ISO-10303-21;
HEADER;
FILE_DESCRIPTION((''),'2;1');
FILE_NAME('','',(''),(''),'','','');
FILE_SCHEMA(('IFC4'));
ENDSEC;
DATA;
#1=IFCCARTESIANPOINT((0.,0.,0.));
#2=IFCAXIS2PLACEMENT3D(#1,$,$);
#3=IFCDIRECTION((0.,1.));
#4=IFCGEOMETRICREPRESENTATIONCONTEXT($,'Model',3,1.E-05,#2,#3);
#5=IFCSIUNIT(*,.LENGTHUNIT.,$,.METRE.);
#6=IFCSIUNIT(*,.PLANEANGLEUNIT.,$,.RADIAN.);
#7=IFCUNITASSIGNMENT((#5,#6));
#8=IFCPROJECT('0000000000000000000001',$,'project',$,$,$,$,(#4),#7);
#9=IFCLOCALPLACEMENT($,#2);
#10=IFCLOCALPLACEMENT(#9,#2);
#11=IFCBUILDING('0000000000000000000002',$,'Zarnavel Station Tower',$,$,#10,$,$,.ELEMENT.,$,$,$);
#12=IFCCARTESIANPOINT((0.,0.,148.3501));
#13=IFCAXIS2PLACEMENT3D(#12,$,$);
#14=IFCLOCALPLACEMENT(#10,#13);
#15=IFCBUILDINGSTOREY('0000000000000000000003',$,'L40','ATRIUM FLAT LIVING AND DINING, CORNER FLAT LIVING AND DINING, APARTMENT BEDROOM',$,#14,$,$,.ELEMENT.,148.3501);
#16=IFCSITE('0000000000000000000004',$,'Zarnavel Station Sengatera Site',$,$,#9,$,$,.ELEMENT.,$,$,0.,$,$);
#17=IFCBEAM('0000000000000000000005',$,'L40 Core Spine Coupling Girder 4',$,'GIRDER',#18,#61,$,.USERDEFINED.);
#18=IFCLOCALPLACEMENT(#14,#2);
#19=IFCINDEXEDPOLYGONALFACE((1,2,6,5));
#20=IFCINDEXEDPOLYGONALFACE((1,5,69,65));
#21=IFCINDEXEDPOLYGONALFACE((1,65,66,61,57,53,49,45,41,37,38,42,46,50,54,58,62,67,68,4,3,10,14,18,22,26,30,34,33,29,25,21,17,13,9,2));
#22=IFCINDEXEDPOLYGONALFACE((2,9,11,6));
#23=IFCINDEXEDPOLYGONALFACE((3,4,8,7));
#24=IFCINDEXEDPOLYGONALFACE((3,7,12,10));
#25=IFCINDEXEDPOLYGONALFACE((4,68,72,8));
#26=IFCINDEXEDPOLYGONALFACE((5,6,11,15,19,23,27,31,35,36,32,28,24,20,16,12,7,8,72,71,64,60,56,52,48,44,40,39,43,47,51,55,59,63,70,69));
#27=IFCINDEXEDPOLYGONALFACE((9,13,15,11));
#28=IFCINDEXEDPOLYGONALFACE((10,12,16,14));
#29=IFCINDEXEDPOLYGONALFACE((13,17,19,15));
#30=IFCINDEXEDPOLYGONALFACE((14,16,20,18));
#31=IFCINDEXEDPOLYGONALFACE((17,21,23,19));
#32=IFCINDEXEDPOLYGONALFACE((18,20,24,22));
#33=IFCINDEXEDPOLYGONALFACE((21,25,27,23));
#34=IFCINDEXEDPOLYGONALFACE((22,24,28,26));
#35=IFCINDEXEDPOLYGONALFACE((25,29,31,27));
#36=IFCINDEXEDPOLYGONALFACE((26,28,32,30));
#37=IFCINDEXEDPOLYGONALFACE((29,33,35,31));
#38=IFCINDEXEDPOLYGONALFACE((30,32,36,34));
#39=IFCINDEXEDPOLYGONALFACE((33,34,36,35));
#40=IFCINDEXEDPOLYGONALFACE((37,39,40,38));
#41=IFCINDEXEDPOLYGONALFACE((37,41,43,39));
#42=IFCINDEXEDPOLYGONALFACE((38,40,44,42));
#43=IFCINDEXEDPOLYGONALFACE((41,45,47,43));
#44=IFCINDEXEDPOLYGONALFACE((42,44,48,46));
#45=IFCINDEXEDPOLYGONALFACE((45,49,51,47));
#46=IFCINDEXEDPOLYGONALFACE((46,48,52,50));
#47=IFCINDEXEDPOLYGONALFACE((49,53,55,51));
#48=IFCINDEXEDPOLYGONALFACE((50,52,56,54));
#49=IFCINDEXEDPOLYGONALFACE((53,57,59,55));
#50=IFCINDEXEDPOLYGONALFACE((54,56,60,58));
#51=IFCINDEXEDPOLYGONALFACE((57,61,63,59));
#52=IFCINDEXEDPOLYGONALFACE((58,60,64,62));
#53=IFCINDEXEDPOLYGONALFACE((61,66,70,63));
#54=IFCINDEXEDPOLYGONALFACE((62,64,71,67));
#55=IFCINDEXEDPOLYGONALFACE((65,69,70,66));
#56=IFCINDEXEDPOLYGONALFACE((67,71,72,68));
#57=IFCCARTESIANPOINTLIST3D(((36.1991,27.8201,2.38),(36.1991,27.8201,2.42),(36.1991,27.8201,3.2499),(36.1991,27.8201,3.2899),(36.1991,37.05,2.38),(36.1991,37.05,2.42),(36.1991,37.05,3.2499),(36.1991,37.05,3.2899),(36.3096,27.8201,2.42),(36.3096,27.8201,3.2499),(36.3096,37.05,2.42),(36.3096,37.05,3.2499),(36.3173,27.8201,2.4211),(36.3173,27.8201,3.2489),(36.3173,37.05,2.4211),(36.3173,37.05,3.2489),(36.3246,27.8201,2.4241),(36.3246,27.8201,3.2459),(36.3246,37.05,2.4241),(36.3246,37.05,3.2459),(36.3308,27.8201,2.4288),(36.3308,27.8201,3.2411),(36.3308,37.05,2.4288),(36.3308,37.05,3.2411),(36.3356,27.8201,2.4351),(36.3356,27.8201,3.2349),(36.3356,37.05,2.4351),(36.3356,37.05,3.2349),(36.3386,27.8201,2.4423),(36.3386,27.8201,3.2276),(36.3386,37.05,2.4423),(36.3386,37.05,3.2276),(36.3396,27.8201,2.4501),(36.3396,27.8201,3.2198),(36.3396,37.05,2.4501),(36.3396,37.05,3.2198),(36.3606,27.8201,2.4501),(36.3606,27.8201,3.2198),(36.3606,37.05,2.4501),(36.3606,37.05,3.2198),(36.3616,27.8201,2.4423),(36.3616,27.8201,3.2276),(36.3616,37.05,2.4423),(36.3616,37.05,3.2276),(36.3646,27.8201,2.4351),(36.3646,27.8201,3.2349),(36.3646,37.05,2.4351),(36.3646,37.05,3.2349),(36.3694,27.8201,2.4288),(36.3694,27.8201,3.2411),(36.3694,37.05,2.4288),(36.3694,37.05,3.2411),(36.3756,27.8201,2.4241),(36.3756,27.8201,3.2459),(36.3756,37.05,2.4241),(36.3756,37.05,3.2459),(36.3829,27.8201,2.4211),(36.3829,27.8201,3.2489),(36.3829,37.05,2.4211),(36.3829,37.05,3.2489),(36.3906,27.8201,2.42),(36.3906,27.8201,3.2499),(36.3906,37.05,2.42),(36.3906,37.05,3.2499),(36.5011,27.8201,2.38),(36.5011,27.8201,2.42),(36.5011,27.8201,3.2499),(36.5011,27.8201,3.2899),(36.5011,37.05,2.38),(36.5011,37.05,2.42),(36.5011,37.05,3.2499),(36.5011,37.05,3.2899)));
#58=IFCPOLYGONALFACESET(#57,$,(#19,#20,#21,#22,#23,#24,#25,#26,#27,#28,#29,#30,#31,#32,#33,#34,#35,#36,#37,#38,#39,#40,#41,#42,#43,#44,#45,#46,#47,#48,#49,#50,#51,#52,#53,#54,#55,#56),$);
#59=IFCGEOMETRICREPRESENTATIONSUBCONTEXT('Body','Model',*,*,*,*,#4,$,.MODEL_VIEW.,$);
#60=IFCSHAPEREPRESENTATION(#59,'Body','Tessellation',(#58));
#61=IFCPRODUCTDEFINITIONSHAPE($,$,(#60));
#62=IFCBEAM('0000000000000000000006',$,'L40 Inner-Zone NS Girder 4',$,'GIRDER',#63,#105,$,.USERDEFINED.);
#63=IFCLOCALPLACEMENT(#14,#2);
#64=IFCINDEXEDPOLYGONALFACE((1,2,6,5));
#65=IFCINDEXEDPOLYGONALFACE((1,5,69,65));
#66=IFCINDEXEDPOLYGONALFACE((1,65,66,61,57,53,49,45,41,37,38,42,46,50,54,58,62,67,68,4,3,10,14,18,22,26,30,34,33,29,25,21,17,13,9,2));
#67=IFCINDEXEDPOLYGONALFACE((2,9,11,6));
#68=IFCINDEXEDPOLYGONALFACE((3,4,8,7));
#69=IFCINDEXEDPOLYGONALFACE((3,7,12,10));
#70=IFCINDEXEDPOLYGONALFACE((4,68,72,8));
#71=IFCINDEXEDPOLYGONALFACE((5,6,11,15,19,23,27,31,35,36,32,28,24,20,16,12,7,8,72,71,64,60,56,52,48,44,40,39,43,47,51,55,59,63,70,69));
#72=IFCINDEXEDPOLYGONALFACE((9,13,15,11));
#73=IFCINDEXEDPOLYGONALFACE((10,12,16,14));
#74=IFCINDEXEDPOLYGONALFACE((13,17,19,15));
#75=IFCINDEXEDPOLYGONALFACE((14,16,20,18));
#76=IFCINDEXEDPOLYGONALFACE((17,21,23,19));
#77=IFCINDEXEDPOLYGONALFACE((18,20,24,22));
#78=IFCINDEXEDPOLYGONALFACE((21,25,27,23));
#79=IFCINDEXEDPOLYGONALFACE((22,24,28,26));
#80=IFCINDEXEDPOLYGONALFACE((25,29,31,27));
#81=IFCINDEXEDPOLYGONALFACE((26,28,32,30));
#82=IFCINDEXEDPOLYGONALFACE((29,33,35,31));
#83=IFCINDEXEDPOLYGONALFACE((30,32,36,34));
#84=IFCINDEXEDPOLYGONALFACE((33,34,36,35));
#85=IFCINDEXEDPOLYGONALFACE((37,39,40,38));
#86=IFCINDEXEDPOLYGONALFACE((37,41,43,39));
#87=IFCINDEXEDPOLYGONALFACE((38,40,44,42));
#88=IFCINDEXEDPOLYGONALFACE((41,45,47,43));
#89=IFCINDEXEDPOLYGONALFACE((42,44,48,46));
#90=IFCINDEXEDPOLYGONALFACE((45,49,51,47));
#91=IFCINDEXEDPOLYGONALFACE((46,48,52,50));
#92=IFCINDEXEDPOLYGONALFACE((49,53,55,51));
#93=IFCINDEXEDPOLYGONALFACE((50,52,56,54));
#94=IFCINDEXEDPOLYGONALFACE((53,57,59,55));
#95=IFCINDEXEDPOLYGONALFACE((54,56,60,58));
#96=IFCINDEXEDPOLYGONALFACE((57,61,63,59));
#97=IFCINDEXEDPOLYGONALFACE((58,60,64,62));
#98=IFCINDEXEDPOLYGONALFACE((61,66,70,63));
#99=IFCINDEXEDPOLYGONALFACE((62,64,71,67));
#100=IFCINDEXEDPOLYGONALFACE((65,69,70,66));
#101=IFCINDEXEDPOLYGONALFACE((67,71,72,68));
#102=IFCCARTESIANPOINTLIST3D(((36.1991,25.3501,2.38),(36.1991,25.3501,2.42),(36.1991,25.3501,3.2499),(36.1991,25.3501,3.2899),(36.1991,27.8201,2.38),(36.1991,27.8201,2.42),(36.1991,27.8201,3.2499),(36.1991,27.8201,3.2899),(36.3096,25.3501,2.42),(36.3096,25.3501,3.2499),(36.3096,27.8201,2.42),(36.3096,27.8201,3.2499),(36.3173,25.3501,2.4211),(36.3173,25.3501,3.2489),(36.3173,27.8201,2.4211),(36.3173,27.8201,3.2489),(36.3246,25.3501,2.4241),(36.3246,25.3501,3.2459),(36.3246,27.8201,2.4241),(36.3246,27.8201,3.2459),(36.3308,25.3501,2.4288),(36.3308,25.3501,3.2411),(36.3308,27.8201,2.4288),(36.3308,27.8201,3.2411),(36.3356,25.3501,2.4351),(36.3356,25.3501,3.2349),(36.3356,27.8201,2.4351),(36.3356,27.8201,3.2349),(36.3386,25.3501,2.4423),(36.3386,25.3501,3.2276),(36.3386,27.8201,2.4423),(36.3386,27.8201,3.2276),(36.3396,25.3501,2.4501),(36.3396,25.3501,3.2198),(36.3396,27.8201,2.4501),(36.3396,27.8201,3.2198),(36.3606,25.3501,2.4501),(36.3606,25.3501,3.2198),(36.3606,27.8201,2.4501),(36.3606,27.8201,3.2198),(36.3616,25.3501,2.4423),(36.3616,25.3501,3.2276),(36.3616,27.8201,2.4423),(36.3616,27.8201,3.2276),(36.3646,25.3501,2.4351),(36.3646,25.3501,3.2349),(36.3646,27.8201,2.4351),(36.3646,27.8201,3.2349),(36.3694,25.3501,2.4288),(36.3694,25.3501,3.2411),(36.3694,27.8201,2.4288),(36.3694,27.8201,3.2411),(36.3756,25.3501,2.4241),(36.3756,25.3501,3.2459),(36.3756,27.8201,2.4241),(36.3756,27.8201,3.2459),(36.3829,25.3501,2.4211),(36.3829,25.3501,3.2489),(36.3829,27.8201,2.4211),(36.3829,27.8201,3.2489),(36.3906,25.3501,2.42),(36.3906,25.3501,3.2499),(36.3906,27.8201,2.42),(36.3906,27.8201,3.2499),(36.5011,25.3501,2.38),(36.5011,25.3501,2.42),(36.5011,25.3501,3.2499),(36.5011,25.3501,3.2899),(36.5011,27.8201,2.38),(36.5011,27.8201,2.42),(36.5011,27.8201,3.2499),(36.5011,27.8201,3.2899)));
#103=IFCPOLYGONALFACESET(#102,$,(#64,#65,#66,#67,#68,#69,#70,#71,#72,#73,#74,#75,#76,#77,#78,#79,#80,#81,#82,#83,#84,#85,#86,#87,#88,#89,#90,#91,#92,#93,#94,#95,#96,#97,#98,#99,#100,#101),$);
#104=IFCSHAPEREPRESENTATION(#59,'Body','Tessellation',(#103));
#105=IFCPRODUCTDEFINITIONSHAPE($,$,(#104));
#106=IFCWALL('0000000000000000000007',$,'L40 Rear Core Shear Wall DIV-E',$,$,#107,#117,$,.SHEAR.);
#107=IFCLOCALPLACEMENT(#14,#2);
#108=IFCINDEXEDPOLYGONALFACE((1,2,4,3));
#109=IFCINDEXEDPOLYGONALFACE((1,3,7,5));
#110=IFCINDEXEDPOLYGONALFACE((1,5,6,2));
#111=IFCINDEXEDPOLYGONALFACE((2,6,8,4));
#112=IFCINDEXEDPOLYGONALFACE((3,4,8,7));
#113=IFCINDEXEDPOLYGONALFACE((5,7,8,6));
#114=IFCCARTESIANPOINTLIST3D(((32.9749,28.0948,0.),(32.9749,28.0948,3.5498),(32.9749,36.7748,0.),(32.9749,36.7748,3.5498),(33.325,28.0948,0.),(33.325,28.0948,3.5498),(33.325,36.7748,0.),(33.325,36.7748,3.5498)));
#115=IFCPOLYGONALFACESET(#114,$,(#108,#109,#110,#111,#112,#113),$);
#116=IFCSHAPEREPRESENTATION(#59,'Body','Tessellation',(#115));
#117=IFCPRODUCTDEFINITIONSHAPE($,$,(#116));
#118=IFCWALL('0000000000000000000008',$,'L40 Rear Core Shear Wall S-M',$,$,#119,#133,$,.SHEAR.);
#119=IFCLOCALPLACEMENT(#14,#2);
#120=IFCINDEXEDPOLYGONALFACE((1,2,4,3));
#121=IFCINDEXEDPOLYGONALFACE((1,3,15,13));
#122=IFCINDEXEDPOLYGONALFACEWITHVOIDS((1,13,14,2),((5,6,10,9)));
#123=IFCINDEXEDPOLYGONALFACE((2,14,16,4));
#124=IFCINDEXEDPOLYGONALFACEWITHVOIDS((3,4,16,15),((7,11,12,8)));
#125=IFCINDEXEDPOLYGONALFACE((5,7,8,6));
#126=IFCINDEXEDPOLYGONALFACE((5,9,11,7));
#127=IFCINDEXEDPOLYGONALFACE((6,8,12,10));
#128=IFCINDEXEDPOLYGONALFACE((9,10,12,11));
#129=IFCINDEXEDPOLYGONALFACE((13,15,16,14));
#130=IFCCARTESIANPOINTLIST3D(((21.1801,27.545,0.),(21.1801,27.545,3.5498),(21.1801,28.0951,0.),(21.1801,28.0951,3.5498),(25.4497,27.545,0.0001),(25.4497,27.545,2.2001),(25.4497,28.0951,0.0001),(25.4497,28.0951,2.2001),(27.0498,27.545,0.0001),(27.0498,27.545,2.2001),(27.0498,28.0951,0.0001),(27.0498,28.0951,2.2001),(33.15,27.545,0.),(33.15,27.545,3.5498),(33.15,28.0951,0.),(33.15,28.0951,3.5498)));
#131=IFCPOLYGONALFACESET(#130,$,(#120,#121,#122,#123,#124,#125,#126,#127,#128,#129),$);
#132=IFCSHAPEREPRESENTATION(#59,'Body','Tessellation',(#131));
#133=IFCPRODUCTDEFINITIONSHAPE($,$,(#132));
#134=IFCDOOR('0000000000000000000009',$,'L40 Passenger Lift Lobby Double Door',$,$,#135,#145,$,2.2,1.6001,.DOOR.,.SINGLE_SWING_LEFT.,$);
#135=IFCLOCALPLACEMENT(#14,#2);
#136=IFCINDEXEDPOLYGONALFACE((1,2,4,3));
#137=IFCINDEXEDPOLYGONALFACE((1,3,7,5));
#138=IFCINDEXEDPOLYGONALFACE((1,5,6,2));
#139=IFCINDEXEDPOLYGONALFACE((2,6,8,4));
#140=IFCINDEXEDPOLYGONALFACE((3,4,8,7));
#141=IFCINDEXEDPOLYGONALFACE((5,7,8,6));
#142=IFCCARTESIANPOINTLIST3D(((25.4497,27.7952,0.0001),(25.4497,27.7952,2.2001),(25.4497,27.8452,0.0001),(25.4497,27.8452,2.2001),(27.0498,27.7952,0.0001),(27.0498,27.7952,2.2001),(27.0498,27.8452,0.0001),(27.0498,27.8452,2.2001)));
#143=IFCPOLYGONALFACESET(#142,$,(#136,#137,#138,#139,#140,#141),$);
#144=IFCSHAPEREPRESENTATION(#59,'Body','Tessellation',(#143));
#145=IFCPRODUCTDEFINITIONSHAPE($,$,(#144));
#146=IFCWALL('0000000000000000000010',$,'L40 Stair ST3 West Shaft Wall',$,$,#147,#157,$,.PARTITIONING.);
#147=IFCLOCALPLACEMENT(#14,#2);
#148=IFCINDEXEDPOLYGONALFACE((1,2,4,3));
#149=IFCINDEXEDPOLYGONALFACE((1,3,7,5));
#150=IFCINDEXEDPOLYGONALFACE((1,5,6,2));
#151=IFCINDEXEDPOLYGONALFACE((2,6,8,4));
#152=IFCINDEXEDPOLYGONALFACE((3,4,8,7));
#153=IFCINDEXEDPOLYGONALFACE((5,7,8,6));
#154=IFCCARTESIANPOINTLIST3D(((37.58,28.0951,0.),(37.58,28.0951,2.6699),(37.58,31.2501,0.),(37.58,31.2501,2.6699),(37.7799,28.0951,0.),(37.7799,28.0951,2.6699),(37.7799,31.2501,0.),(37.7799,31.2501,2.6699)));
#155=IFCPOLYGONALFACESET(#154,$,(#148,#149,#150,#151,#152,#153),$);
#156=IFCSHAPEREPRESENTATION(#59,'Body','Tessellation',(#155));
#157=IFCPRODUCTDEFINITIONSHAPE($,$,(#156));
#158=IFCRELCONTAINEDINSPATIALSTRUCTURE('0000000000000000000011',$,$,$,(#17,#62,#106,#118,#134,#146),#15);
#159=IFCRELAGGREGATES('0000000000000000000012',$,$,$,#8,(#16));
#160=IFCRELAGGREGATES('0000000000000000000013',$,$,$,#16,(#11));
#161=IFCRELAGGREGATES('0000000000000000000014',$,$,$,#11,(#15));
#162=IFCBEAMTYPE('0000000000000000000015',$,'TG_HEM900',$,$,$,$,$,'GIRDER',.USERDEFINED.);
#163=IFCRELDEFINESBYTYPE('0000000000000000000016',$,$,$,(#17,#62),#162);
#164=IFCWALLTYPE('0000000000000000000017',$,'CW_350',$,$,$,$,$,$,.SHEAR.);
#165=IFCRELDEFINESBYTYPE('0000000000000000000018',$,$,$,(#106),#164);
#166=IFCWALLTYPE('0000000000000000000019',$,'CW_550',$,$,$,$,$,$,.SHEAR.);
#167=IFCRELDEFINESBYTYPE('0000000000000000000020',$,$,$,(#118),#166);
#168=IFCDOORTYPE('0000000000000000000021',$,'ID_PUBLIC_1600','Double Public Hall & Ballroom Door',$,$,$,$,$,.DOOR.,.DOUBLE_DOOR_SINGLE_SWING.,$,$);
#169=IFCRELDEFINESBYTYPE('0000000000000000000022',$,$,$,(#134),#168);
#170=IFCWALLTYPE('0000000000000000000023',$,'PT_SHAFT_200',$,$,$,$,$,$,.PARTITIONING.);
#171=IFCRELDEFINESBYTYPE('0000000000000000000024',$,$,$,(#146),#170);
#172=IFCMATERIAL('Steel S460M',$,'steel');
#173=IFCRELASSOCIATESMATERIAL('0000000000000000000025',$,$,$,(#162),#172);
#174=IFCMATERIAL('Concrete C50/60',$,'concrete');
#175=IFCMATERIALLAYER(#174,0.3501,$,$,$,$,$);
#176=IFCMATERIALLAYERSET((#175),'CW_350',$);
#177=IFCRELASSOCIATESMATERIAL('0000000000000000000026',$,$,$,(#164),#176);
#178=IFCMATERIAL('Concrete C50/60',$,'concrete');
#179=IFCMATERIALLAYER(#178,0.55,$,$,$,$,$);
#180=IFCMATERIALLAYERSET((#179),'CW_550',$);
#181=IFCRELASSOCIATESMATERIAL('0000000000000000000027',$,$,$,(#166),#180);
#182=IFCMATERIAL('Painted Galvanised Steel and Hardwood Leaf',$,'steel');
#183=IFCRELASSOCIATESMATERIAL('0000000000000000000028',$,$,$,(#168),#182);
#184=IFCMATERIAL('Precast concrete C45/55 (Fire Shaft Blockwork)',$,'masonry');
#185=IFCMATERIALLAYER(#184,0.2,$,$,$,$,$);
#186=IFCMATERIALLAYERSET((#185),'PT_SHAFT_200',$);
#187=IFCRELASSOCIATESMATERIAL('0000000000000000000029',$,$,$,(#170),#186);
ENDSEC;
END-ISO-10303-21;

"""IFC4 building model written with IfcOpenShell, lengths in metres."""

from ifc_helpers import new_model, si_unit, direction, frame, frame_2d, origin, origin_2d, place, context, subcontext, project, spatial, rectangle, i_section, extrude, material, layer, layer_set, material_profile, profile_set, type_object, element, fill, save


model = new_model("IFC4")

# Units and contexts
model_context = context("Model", 3, precision=1e-05, world=origin(), true_north=direction((0.0, 1.0)))
body_context = subcontext(model_context, "Body", "Model", "MODEL_VIEW")
ifc_project = project(units=[si_unit("LENGTHUNIT", "METRE"), si_unit("PLANEANGLEUNIT", "RADIAN")], contexts=[model_context])

# Site, building, storey
site_placement = place(None, origin())
site = spatial("IfcSite", under=ifc_project, at=site_placement, Name="Zarnavel Station Sengatera Site", CompositionType="ELEMENT", RefElevation=0.0)
building_placement = place(site_placement, origin())
building = spatial("IfcBuilding", under=site, at=building_placement, Name="Zarnavel Station Tower", CompositionType="ELEMENT")
storey_placement = place(building_placement, frame((0.0, 0.0, 148.3501)))
storey = spatial("IfcBuildingStorey", under=building, at=storey_placement, Name="L40", Description="ATRIUM FLAT LIVING AND DINING, CORNER FLAT LIVING AND DINING, APARTMENT BEDROOM", CompositionType="ELEMENT", Elevation=148.3501)

# Beams
ifc_material_1 = material(Name="Steel S460M", Category="steel")
ifc_material_profile_1 = material_profile(ifc_material_1, i_section(OverallWidth=0.302, OverallDepth=0.9099, WebThickness=0.021, FlangeThickness=0.04, FilletRadius=0.03, at=origin_2d()), Name="HEM900")
ifc_profile_set_1 = profile_set([ifc_material_profile_1], Name="Steel S460M")
beam_type_1 = type_object("IfcBeamType", Name="TG_HEM900", ElementType="GIRDER", PredefinedType="USERDEFINED", material=ifc_profile_set_1)
for number, where, z_axis, x_axis, name in (
    (1, (36.3501, 27.8201, 2.835), (0.0, 1.0, 0.0), (-1.0, 0.0, 0.0), "L40 Core Spine Coupling Girder 4"),
):
    element("IfcBeam", number, at=place(storey_placement, frame(where, z_axis=z_axis, x_axis=x_axis)), inside=storey, type_object=beam_type_1, Name=name, ObjectType="GIRDER", PredefinedType="USERDEFINED", context=body_context, shape_type="SweptSolid", body=[
        extrude(i_section(OverallWidth=0.302, OverallDepth=0.9099, WebThickness=0.021, FlangeThickness=0.04, FilletRadius=0.03, at=origin_2d()), origin(), (0.0, 0.0, 1.0), 9.23),
    ])
beam_1_placement = place(storey_placement, frame((36.3501, 25.3501, 2.835), z_axis=(0.0, 1.0, 0.0), x_axis=(-1.0, 0.0, 0.0)))
element("IfcBeam", 2, at=beam_1_placement, inside=storey, type_object=beam_type_1, Name="L40 Inner-Zone NS Girder 4", ObjectType="GIRDER", PredefinedType="USERDEFINED", context=body_context, shape_type="SweptSolid", body=[
    extrude(i_section(OverallWidth=0.302, OverallDepth=0.9099, WebThickness=0.021, FlangeThickness=0.04, FilletRadius=0.03, at=origin_2d()), origin(), (0.0, 0.0, 1.0), 2.47),
])

# Wall
ifc_material_2 = material(Name="Concrete C50/60", Category="concrete")
ifc_layer_1 = layer(ifc_material_2, 0.3501)
ifc_layer_set_1 = layer_set([ifc_layer_1], Name="CW_350")
wall_type_1 = type_object("IfcWallType", Name="CW_350", PredefinedType="SHEAR", material=ifc_layer_set_1)
wall_1_placement = place(storey_placement, frame((33.1499, 28.095, 0.0), z_axis=(0.0, 0.0, 1.0), x_axis=(0.0, 1.0, 0.0)))
element("IfcWall", 3, at=wall_1_placement, inside=storey, type_object=wall_type_1, Name="L40 Rear Core Shear Wall DIV-E", PredefinedType="SHEAR", context=body_context, shape_type="SweptSolid", body=[
    extrude(rectangle(XDim=8.6799, YDim=0.3501, at=frame_2d((4.3398, 0.0))), origin(), (0.0, 0.0, 1.0), 3.5498),
])

# Wall, opening, door
ifc_material_3 = material(Name="Concrete C50/60", Category="concrete")
ifc_layer_2 = layer(ifc_material_3, 0.55)
ifc_layer_set_2 = layer_set([ifc_layer_2], Name="CW_550")
wall_type_2 = type_object("IfcWallType", Name="CW_550", PredefinedType="SHEAR", material=ifc_layer_set_2)
wall_2_placement = place(storey_placement, frame((33.1499, 27.8201, 0.0), z_axis=(0.0, 0.0, 1.0), x_axis=(-1.0, 0.0, 0.0)))
wall_2 = element("IfcWall", 4, at=wall_2_placement, inside=storey, type_object=wall_type_2, Name="L40 Rear Core Shear Wall S-M", PredefinedType="SHEAR", context=body_context, shape_type="SweptSolid", body=[
    extrude(rectangle(XDim=11.97, YDim=0.55, at=frame_2d((5.9849, 0.0))), origin(), (0.0, 0.0, 1.0), 3.5498),
])
opening_1_placement = place(wall_2_placement, frame((6.1001, 0.0, 0.0)))
opening_1 = element("IfcOpeningElement", 5, at=opening_1_placement, cuts=wall_2, PredefinedType="OPENING", context=body_context, shape_type="SweptSolid", body=[
    extrude(rectangle(XDim=1.6001, YDim=2.2, at=frame_2d((0.8, 1.1001))), frame((0.0, 0.2849, 0.0), z_axis=(0.0, -1.0, 0.0), x_axis=(1.0, 0.0, 0.0)), (0.0, 0.0, 1.0), 0.5701),
])
ifc_material_4 = material(Name="Painted Galvanised Steel and Hardwood Leaf", Category="steel")
door_type_1 = type_object("IfcDoorType", Name="ID_PUBLIC_1600", Description="Double Public Hall & Ballroom Door", OperationType="DOUBLE_DOOR_SINGLE_SWING", PredefinedType="DOOR", material=ifc_material_4)
door_1_placement = place(opening_1_placement, origin())
door_1 = element("IfcDoor", 6, at=door_1_placement, inside=storey, type_object=door_type_1, Name="L40 Passenger Lift Lobby Double Door", OperationType="SINGLE_SWING_LEFT", OverallHeight=2.2, OverallWidth=1.6001, PredefinedType="DOOR", context=body_context, shape_type="SweptSolid", body=[
    extrude(rectangle(XDim=1.6001, YDim=2.2, at=frame_2d((0.8, 1.1001))), frame((0.0, 0.0249, 0.0), z_axis=(0.0, -1.0, 0.0), x_axis=(1.0, 0.0, 0.0)), (0.0, 0.0, 1.0), 0.05),
])
fill(opening_1, door_1)

# Wall
ifc_material_5 = material(Name="Precast concrete C45/55 (Fire Shaft Blockwork)", Category="masonry")
ifc_layer_3 = layer(ifc_material_5, 0.2)
ifc_layer_set_3 = layer_set([ifc_layer_3], Name="PT_SHAFT_200")
wall_type_3 = type_object("IfcWallType", Name="PT_SHAFT_200", PredefinedType="PARTITIONING", material=ifc_layer_set_3)
wall_3_placement = place(storey_placement, frame((37.6799, 28.095, 0.0), z_axis=(0.0, 0.0, 1.0), x_axis=(0.0, 1.0, 0.0)))
element("IfcWall", 7, at=wall_3_placement, inside=storey, type_object=wall_type_3, Name="L40 Stair ST3 West Shaft Wall", PredefinedType="PARTITIONING", context=body_context, shape_type="SweptSolid", body=[
    extrude(rectangle(XDim=3.155, YDim=0.2, at=frame_2d((1.5776, 0.0))), origin(), (0.0, 0.0, 1.0), 2.6699),
])

save(model, "model.ifc")
